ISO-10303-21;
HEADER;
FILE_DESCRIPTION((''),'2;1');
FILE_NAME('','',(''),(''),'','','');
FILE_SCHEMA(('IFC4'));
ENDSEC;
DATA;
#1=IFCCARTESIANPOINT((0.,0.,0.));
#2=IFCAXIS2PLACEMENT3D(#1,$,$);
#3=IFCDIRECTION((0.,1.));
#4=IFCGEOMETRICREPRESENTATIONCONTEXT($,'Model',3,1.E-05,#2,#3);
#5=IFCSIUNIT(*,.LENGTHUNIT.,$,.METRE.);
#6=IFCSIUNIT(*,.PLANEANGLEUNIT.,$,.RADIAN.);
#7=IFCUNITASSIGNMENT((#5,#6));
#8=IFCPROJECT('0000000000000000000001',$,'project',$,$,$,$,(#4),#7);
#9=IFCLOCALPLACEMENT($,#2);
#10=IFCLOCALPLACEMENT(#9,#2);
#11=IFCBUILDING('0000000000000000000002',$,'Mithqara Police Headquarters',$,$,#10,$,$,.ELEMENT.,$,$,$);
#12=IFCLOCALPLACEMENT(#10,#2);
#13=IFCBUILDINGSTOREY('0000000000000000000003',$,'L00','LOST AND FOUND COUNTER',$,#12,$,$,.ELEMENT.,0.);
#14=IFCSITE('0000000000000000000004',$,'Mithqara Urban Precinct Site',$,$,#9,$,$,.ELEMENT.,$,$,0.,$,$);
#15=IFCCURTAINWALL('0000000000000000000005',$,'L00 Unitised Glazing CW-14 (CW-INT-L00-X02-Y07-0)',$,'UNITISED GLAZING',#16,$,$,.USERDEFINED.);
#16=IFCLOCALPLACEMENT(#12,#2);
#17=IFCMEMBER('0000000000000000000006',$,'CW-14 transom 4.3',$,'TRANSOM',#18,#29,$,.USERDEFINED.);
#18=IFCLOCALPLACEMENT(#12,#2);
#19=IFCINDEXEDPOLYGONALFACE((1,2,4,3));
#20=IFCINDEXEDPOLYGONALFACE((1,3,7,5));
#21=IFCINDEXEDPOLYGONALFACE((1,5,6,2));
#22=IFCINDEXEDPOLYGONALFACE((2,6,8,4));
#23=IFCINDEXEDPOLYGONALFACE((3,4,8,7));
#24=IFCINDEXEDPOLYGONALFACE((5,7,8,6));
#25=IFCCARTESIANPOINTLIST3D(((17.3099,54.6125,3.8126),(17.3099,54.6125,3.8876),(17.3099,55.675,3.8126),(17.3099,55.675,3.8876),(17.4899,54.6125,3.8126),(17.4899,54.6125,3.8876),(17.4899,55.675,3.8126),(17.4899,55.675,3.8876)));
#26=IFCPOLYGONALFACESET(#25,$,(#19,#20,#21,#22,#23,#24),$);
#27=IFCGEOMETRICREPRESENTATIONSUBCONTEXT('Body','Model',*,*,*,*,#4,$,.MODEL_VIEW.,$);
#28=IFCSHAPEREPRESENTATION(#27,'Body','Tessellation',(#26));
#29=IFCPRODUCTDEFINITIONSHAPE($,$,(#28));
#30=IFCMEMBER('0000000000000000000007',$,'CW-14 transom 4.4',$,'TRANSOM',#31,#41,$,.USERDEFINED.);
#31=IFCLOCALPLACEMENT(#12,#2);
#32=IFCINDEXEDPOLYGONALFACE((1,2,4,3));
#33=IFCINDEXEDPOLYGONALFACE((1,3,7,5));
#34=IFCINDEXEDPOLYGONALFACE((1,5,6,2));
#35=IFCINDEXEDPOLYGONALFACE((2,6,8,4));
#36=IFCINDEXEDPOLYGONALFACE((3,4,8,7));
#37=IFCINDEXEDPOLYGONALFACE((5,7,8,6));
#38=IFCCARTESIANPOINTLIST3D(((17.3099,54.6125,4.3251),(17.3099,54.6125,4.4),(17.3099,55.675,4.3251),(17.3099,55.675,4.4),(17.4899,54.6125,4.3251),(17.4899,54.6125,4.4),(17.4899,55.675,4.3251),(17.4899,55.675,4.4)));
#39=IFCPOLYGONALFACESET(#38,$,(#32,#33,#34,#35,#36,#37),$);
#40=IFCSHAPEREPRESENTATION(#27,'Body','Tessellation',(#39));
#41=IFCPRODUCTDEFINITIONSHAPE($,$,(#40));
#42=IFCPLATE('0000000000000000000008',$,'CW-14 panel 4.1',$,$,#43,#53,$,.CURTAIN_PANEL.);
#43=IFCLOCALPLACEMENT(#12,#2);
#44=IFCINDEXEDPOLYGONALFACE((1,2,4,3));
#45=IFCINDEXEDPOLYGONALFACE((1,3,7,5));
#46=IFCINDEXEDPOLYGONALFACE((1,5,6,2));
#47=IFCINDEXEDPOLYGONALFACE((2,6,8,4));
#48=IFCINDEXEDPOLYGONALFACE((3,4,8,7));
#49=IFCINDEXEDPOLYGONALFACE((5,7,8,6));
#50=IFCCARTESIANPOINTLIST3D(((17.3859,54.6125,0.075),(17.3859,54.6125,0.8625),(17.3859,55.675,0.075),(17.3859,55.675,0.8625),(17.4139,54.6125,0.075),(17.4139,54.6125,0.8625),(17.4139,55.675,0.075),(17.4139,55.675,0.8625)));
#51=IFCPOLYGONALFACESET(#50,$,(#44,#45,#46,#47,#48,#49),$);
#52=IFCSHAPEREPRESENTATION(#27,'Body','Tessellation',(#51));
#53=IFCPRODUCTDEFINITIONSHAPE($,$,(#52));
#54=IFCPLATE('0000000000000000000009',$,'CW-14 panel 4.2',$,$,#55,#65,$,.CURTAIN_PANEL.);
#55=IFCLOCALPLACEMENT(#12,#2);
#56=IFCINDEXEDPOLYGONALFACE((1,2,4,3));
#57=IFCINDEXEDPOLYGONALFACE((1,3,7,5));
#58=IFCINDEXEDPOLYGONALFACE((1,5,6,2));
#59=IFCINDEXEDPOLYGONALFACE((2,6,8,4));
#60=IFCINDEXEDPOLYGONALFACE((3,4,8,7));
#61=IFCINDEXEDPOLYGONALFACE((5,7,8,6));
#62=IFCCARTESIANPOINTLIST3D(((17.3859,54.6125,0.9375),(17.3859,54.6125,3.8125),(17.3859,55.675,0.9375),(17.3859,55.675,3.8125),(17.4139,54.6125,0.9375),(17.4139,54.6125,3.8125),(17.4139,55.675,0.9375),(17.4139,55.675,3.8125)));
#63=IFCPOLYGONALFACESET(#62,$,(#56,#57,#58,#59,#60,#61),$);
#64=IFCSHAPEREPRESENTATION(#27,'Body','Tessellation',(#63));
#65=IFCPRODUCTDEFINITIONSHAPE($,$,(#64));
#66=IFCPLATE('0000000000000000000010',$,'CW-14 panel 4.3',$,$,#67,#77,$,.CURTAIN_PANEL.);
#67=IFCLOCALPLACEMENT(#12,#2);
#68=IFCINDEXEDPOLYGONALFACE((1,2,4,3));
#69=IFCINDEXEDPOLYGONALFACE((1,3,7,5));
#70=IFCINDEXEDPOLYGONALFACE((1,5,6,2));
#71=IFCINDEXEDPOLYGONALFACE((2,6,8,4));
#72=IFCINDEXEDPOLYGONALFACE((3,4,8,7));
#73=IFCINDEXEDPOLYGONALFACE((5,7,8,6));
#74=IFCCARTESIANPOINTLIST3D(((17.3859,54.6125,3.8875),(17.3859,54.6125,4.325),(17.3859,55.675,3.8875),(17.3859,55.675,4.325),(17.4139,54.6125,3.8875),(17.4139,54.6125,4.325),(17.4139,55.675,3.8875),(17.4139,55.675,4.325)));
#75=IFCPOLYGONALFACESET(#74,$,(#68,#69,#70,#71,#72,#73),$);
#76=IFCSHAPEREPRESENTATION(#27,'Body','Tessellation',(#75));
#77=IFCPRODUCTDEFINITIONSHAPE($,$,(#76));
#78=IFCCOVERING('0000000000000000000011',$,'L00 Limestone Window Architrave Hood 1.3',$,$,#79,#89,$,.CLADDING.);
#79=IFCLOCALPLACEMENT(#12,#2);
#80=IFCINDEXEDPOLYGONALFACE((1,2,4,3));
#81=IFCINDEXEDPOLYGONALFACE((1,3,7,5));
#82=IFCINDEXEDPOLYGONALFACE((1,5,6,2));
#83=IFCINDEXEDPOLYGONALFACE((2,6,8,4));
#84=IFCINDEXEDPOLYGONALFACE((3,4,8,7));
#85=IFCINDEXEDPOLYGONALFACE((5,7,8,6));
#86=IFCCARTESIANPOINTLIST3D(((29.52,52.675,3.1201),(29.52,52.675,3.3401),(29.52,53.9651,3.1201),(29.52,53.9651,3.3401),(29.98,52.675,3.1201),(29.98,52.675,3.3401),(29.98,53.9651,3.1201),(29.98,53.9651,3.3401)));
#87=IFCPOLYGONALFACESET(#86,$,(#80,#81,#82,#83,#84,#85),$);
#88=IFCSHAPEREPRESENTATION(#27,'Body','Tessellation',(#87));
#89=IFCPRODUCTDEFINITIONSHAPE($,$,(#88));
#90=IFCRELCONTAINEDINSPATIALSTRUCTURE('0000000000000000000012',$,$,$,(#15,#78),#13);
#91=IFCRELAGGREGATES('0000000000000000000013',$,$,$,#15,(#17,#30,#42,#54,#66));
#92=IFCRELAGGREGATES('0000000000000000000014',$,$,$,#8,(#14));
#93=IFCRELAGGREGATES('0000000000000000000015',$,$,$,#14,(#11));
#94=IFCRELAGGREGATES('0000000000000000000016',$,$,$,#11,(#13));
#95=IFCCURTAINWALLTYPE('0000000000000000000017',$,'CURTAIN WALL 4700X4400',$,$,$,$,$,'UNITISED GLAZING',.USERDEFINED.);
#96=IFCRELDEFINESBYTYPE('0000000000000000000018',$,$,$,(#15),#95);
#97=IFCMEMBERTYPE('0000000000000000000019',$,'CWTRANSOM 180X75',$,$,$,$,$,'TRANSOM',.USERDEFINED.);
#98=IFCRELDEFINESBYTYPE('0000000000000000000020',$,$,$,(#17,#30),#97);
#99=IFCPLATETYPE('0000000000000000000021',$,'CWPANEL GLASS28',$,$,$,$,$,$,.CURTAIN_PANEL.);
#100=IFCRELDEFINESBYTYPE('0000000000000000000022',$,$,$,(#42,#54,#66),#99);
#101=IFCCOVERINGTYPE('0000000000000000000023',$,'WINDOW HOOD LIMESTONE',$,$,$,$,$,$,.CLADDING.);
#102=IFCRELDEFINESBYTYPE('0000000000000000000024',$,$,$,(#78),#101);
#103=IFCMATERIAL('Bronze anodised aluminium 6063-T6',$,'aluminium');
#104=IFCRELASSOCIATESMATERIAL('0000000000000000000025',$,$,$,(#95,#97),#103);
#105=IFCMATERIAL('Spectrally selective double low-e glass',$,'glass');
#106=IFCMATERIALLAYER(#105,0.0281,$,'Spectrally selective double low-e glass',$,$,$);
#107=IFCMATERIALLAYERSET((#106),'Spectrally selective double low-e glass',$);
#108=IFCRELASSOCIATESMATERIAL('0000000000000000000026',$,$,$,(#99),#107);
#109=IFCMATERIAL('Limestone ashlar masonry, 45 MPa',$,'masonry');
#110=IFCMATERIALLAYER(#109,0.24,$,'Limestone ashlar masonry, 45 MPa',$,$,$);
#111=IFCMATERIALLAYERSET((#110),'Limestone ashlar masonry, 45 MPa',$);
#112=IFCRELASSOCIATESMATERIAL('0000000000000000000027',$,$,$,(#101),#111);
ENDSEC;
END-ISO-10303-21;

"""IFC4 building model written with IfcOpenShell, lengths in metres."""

from ifc_helpers import new_model, si_unit, direction, frame, origin, origin_2d, place, context, subcontext, project, spatial, rectangle, extrude, material, layer, layer_set, material_profile, profile_set, type_object, element, aggregate, save


model = new_model("IFC4")

# Units and contexts
model_context = context("Model", 3, precision=1e-05, world=origin(), true_north=direction((0.0, 1.0)))
body_context = subcontext(model_context, "Body", "Model", "MODEL_VIEW")
ifc_project = project(units=[si_unit("LENGTHUNIT", "METRE"), si_unit("PLANEANGLEUNIT", "RADIAN")], contexts=[model_context])

# Site, building, storey
site_placement = place(None, origin())
site = spatial("IfcSite", under=ifc_project, at=site_placement, Name="Mithqara Urban Precinct Site", CompositionType="ELEMENT", RefElevation=0.0)
building_placement = place(site_placement, origin())
building = spatial("IfcBuilding", under=site, at=building_placement, Name="Mithqara Police Headquarters", CompositionType="ELEMENT")
storey_placement = place(building_placement, origin())
storey = spatial("IfcBuildingStorey", under=building, at=storey_placement, Name="L00", Description="LOST AND FOUND COUNTER", CompositionType="ELEMENT", Elevation=0.0)

# Curtain wall, members, plates
ifc_material_1 = material(Name="Bronze anodised aluminium 6063-T6", Category="aluminium")
curtain_wall_type = type_object("IfcCurtainWallType", Name="CURTAIN WALL 4700X4400", ElementType="UNITISED GLAZING", PredefinedType="USERDEFINED", material=ifc_material_1)
curtain_wall_placement = place(storey_placement, origin())
curtain_wall = element("IfcCurtainWall", 1, at=curtain_wall_placement, inside=storey, type_object=curtain_wall_type, Name="L00 Unitised Glazing CW-14 (CW-INT-L00-X02-Y07-0)", ObjectType="UNITISED GLAZING", PredefinedType="USERDEFINED")
ifc_material_profile_1 = material_profile(ifc_material_1, rectangle(XDim=0.1799, YDim=0.075, at=origin_2d()), Name="CWT 180x75")
ifc_profile_set_1 = profile_set([ifc_material_profile_1], Name="Bronze anodised aluminium 6063-T6")
member_type_1 = type_object("IfcMemberType", Name="CWTRANSOM 180X75", ElementType="TRANSOM", PredefinedType="USERDEFINED", material=ifc_profile_set_1)
member_1_placement = place(storey_placement, frame((17.3999, 54.6125, 3.8501), z_axis=(0.0, 1.0, 0.0), x_axis=(-1.0, 0.0, 0.0)))
member_1 = element("IfcMember", 2, at=member_1_placement, type_object=member_type_1, Name="CW-14 transom 4.3", ObjectType="TRANSOM", PredefinedType="USERDEFINED", context=body_context, shape_type="SweptSolid", body=[
    extrude(rectangle(XDim=0.1799, YDim=0.075, at=origin_2d()), origin(), (0.0, 0.0, 1.0), 1.0625),
])
member_2_placement = place(storey_placement, frame((17.3999, 54.6125, 4.3625), z_axis=(0.0, 1.0, 0.0), x_axis=(-1.0, 0.0, 0.0)))
member_2 = element("IfcMember", 3, at=member_2_placement, type_object=member_type_1, Name="CW-14 transom 4.4", ObjectType="TRANSOM", PredefinedType="USERDEFINED", context=body_context, shape_type="SweptSolid", body=[
    extrude(rectangle(XDim=0.1799, YDim=0.075, at=origin_2d()), origin(), (0.0, 0.0, 1.0), 1.0625),
])
ifc_material_2 = material(Name="Spectrally selective double low-e glass", Category="glass")
ifc_layer_1 = layer(ifc_material_2, 0.0281, Name="Spectrally selective double low-e glass")
ifc_layer_set_1 = layer_set([ifc_layer_1], Name="Spectrally selective double low-e glass")
plate_type = type_object("IfcPlateType", Name="CWPANEL GLASS28", PredefinedType="CURTAIN_PANEL", material=ifc_layer_set_1)
plate_1_placement = place(storey_placement, frame((17.3999, 55.1438, 0.075), z_axis=(0.0, 0.0, 1.0), x_axis=(0.0, 1.0, 0.0)))
plate_1 = element("IfcPlate", 4, at=plate_1_placement, type_object=plate_type, Name="CW-14 panel 4.1", PredefinedType="CURTAIN_PANEL", context=body_context, shape_type="SweptSolid", body=[
    extrude(rectangle(XDim=1.0625, YDim=0.0281, at=origin_2d()), origin(), (0.0, 0.0, 1.0), 0.7876),
])
plate_2_placement = place(storey_placement, frame((17.3999, 55.1438, 0.9375), z_axis=(0.0, 0.0, 1.0), x_axis=(0.0, 1.0, 0.0)))
plate_2 = element("IfcPlate", 5, at=plate_2_placement, type_object=plate_type, Name="CW-14 panel 4.2", PredefinedType="CURTAIN_PANEL", context=body_context, shape_type="SweptSolid", body=[
    extrude(rectangle(XDim=1.0625, YDim=0.0281, at=origin_2d()), origin(), (0.0, 0.0, 1.0), 2.875),
])
plate_3_placement = place(storey_placement, frame((17.3999, 55.1438, 3.8875), z_axis=(0.0, 0.0, 1.0), x_axis=(0.0, 1.0, 0.0)))
plate_3 = element("IfcPlate", 6, at=plate_3_placement, type_object=plate_type, Name="CW-14 panel 4.3", PredefinedType="CURTAIN_PANEL", context=body_context, shape_type="SweptSolid", body=[
    extrude(rectangle(XDim=1.0625, YDim=0.0281, at=origin_2d()), origin(), (0.0, 0.0, 1.0), 0.4375),
])
aggregate(curtain_wall, [member_1, member_2, plate_1, plate_2, plate_3])

# Covering
ifc_material_3 = material(Name="Limestone ashlar masonry, 45 MPa", Category="masonry")
ifc_layer_2 = layer(ifc_material_3, 0.24, Name="Limestone ashlar masonry, 45 MPa")
ifc_layer_set_2 = layer_set([ifc_layer_2], Name="Limestone ashlar masonry, 45 MPa")
covering_type = type_object("IfcCoveringType", Name="WINDOW HOOD LIMESTONE", PredefinedType="CLADDING", material=ifc_layer_set_2)
covering_placement = place(storey_placement, frame((29.75, 53.3201, 3.1201), z_axis=(0.0, 0.0, 1.0), x_axis=(0.0, 1.0, 0.0)))
element("IfcCovering", 7, at=covering_placement, inside=storey, type_object=covering_type, Name="L00 Limestone Window Architrave Hood 1.3", PredefinedType="CLADDING", context=body_context, shape_type="SweptSolid", body=[
    extrude(rectangle(XDim=1.29, YDim=0.46, at=origin_2d()), origin(), (0.0, 0.0, 1.0), 0.22),
])

save(model, "model.ifc")
